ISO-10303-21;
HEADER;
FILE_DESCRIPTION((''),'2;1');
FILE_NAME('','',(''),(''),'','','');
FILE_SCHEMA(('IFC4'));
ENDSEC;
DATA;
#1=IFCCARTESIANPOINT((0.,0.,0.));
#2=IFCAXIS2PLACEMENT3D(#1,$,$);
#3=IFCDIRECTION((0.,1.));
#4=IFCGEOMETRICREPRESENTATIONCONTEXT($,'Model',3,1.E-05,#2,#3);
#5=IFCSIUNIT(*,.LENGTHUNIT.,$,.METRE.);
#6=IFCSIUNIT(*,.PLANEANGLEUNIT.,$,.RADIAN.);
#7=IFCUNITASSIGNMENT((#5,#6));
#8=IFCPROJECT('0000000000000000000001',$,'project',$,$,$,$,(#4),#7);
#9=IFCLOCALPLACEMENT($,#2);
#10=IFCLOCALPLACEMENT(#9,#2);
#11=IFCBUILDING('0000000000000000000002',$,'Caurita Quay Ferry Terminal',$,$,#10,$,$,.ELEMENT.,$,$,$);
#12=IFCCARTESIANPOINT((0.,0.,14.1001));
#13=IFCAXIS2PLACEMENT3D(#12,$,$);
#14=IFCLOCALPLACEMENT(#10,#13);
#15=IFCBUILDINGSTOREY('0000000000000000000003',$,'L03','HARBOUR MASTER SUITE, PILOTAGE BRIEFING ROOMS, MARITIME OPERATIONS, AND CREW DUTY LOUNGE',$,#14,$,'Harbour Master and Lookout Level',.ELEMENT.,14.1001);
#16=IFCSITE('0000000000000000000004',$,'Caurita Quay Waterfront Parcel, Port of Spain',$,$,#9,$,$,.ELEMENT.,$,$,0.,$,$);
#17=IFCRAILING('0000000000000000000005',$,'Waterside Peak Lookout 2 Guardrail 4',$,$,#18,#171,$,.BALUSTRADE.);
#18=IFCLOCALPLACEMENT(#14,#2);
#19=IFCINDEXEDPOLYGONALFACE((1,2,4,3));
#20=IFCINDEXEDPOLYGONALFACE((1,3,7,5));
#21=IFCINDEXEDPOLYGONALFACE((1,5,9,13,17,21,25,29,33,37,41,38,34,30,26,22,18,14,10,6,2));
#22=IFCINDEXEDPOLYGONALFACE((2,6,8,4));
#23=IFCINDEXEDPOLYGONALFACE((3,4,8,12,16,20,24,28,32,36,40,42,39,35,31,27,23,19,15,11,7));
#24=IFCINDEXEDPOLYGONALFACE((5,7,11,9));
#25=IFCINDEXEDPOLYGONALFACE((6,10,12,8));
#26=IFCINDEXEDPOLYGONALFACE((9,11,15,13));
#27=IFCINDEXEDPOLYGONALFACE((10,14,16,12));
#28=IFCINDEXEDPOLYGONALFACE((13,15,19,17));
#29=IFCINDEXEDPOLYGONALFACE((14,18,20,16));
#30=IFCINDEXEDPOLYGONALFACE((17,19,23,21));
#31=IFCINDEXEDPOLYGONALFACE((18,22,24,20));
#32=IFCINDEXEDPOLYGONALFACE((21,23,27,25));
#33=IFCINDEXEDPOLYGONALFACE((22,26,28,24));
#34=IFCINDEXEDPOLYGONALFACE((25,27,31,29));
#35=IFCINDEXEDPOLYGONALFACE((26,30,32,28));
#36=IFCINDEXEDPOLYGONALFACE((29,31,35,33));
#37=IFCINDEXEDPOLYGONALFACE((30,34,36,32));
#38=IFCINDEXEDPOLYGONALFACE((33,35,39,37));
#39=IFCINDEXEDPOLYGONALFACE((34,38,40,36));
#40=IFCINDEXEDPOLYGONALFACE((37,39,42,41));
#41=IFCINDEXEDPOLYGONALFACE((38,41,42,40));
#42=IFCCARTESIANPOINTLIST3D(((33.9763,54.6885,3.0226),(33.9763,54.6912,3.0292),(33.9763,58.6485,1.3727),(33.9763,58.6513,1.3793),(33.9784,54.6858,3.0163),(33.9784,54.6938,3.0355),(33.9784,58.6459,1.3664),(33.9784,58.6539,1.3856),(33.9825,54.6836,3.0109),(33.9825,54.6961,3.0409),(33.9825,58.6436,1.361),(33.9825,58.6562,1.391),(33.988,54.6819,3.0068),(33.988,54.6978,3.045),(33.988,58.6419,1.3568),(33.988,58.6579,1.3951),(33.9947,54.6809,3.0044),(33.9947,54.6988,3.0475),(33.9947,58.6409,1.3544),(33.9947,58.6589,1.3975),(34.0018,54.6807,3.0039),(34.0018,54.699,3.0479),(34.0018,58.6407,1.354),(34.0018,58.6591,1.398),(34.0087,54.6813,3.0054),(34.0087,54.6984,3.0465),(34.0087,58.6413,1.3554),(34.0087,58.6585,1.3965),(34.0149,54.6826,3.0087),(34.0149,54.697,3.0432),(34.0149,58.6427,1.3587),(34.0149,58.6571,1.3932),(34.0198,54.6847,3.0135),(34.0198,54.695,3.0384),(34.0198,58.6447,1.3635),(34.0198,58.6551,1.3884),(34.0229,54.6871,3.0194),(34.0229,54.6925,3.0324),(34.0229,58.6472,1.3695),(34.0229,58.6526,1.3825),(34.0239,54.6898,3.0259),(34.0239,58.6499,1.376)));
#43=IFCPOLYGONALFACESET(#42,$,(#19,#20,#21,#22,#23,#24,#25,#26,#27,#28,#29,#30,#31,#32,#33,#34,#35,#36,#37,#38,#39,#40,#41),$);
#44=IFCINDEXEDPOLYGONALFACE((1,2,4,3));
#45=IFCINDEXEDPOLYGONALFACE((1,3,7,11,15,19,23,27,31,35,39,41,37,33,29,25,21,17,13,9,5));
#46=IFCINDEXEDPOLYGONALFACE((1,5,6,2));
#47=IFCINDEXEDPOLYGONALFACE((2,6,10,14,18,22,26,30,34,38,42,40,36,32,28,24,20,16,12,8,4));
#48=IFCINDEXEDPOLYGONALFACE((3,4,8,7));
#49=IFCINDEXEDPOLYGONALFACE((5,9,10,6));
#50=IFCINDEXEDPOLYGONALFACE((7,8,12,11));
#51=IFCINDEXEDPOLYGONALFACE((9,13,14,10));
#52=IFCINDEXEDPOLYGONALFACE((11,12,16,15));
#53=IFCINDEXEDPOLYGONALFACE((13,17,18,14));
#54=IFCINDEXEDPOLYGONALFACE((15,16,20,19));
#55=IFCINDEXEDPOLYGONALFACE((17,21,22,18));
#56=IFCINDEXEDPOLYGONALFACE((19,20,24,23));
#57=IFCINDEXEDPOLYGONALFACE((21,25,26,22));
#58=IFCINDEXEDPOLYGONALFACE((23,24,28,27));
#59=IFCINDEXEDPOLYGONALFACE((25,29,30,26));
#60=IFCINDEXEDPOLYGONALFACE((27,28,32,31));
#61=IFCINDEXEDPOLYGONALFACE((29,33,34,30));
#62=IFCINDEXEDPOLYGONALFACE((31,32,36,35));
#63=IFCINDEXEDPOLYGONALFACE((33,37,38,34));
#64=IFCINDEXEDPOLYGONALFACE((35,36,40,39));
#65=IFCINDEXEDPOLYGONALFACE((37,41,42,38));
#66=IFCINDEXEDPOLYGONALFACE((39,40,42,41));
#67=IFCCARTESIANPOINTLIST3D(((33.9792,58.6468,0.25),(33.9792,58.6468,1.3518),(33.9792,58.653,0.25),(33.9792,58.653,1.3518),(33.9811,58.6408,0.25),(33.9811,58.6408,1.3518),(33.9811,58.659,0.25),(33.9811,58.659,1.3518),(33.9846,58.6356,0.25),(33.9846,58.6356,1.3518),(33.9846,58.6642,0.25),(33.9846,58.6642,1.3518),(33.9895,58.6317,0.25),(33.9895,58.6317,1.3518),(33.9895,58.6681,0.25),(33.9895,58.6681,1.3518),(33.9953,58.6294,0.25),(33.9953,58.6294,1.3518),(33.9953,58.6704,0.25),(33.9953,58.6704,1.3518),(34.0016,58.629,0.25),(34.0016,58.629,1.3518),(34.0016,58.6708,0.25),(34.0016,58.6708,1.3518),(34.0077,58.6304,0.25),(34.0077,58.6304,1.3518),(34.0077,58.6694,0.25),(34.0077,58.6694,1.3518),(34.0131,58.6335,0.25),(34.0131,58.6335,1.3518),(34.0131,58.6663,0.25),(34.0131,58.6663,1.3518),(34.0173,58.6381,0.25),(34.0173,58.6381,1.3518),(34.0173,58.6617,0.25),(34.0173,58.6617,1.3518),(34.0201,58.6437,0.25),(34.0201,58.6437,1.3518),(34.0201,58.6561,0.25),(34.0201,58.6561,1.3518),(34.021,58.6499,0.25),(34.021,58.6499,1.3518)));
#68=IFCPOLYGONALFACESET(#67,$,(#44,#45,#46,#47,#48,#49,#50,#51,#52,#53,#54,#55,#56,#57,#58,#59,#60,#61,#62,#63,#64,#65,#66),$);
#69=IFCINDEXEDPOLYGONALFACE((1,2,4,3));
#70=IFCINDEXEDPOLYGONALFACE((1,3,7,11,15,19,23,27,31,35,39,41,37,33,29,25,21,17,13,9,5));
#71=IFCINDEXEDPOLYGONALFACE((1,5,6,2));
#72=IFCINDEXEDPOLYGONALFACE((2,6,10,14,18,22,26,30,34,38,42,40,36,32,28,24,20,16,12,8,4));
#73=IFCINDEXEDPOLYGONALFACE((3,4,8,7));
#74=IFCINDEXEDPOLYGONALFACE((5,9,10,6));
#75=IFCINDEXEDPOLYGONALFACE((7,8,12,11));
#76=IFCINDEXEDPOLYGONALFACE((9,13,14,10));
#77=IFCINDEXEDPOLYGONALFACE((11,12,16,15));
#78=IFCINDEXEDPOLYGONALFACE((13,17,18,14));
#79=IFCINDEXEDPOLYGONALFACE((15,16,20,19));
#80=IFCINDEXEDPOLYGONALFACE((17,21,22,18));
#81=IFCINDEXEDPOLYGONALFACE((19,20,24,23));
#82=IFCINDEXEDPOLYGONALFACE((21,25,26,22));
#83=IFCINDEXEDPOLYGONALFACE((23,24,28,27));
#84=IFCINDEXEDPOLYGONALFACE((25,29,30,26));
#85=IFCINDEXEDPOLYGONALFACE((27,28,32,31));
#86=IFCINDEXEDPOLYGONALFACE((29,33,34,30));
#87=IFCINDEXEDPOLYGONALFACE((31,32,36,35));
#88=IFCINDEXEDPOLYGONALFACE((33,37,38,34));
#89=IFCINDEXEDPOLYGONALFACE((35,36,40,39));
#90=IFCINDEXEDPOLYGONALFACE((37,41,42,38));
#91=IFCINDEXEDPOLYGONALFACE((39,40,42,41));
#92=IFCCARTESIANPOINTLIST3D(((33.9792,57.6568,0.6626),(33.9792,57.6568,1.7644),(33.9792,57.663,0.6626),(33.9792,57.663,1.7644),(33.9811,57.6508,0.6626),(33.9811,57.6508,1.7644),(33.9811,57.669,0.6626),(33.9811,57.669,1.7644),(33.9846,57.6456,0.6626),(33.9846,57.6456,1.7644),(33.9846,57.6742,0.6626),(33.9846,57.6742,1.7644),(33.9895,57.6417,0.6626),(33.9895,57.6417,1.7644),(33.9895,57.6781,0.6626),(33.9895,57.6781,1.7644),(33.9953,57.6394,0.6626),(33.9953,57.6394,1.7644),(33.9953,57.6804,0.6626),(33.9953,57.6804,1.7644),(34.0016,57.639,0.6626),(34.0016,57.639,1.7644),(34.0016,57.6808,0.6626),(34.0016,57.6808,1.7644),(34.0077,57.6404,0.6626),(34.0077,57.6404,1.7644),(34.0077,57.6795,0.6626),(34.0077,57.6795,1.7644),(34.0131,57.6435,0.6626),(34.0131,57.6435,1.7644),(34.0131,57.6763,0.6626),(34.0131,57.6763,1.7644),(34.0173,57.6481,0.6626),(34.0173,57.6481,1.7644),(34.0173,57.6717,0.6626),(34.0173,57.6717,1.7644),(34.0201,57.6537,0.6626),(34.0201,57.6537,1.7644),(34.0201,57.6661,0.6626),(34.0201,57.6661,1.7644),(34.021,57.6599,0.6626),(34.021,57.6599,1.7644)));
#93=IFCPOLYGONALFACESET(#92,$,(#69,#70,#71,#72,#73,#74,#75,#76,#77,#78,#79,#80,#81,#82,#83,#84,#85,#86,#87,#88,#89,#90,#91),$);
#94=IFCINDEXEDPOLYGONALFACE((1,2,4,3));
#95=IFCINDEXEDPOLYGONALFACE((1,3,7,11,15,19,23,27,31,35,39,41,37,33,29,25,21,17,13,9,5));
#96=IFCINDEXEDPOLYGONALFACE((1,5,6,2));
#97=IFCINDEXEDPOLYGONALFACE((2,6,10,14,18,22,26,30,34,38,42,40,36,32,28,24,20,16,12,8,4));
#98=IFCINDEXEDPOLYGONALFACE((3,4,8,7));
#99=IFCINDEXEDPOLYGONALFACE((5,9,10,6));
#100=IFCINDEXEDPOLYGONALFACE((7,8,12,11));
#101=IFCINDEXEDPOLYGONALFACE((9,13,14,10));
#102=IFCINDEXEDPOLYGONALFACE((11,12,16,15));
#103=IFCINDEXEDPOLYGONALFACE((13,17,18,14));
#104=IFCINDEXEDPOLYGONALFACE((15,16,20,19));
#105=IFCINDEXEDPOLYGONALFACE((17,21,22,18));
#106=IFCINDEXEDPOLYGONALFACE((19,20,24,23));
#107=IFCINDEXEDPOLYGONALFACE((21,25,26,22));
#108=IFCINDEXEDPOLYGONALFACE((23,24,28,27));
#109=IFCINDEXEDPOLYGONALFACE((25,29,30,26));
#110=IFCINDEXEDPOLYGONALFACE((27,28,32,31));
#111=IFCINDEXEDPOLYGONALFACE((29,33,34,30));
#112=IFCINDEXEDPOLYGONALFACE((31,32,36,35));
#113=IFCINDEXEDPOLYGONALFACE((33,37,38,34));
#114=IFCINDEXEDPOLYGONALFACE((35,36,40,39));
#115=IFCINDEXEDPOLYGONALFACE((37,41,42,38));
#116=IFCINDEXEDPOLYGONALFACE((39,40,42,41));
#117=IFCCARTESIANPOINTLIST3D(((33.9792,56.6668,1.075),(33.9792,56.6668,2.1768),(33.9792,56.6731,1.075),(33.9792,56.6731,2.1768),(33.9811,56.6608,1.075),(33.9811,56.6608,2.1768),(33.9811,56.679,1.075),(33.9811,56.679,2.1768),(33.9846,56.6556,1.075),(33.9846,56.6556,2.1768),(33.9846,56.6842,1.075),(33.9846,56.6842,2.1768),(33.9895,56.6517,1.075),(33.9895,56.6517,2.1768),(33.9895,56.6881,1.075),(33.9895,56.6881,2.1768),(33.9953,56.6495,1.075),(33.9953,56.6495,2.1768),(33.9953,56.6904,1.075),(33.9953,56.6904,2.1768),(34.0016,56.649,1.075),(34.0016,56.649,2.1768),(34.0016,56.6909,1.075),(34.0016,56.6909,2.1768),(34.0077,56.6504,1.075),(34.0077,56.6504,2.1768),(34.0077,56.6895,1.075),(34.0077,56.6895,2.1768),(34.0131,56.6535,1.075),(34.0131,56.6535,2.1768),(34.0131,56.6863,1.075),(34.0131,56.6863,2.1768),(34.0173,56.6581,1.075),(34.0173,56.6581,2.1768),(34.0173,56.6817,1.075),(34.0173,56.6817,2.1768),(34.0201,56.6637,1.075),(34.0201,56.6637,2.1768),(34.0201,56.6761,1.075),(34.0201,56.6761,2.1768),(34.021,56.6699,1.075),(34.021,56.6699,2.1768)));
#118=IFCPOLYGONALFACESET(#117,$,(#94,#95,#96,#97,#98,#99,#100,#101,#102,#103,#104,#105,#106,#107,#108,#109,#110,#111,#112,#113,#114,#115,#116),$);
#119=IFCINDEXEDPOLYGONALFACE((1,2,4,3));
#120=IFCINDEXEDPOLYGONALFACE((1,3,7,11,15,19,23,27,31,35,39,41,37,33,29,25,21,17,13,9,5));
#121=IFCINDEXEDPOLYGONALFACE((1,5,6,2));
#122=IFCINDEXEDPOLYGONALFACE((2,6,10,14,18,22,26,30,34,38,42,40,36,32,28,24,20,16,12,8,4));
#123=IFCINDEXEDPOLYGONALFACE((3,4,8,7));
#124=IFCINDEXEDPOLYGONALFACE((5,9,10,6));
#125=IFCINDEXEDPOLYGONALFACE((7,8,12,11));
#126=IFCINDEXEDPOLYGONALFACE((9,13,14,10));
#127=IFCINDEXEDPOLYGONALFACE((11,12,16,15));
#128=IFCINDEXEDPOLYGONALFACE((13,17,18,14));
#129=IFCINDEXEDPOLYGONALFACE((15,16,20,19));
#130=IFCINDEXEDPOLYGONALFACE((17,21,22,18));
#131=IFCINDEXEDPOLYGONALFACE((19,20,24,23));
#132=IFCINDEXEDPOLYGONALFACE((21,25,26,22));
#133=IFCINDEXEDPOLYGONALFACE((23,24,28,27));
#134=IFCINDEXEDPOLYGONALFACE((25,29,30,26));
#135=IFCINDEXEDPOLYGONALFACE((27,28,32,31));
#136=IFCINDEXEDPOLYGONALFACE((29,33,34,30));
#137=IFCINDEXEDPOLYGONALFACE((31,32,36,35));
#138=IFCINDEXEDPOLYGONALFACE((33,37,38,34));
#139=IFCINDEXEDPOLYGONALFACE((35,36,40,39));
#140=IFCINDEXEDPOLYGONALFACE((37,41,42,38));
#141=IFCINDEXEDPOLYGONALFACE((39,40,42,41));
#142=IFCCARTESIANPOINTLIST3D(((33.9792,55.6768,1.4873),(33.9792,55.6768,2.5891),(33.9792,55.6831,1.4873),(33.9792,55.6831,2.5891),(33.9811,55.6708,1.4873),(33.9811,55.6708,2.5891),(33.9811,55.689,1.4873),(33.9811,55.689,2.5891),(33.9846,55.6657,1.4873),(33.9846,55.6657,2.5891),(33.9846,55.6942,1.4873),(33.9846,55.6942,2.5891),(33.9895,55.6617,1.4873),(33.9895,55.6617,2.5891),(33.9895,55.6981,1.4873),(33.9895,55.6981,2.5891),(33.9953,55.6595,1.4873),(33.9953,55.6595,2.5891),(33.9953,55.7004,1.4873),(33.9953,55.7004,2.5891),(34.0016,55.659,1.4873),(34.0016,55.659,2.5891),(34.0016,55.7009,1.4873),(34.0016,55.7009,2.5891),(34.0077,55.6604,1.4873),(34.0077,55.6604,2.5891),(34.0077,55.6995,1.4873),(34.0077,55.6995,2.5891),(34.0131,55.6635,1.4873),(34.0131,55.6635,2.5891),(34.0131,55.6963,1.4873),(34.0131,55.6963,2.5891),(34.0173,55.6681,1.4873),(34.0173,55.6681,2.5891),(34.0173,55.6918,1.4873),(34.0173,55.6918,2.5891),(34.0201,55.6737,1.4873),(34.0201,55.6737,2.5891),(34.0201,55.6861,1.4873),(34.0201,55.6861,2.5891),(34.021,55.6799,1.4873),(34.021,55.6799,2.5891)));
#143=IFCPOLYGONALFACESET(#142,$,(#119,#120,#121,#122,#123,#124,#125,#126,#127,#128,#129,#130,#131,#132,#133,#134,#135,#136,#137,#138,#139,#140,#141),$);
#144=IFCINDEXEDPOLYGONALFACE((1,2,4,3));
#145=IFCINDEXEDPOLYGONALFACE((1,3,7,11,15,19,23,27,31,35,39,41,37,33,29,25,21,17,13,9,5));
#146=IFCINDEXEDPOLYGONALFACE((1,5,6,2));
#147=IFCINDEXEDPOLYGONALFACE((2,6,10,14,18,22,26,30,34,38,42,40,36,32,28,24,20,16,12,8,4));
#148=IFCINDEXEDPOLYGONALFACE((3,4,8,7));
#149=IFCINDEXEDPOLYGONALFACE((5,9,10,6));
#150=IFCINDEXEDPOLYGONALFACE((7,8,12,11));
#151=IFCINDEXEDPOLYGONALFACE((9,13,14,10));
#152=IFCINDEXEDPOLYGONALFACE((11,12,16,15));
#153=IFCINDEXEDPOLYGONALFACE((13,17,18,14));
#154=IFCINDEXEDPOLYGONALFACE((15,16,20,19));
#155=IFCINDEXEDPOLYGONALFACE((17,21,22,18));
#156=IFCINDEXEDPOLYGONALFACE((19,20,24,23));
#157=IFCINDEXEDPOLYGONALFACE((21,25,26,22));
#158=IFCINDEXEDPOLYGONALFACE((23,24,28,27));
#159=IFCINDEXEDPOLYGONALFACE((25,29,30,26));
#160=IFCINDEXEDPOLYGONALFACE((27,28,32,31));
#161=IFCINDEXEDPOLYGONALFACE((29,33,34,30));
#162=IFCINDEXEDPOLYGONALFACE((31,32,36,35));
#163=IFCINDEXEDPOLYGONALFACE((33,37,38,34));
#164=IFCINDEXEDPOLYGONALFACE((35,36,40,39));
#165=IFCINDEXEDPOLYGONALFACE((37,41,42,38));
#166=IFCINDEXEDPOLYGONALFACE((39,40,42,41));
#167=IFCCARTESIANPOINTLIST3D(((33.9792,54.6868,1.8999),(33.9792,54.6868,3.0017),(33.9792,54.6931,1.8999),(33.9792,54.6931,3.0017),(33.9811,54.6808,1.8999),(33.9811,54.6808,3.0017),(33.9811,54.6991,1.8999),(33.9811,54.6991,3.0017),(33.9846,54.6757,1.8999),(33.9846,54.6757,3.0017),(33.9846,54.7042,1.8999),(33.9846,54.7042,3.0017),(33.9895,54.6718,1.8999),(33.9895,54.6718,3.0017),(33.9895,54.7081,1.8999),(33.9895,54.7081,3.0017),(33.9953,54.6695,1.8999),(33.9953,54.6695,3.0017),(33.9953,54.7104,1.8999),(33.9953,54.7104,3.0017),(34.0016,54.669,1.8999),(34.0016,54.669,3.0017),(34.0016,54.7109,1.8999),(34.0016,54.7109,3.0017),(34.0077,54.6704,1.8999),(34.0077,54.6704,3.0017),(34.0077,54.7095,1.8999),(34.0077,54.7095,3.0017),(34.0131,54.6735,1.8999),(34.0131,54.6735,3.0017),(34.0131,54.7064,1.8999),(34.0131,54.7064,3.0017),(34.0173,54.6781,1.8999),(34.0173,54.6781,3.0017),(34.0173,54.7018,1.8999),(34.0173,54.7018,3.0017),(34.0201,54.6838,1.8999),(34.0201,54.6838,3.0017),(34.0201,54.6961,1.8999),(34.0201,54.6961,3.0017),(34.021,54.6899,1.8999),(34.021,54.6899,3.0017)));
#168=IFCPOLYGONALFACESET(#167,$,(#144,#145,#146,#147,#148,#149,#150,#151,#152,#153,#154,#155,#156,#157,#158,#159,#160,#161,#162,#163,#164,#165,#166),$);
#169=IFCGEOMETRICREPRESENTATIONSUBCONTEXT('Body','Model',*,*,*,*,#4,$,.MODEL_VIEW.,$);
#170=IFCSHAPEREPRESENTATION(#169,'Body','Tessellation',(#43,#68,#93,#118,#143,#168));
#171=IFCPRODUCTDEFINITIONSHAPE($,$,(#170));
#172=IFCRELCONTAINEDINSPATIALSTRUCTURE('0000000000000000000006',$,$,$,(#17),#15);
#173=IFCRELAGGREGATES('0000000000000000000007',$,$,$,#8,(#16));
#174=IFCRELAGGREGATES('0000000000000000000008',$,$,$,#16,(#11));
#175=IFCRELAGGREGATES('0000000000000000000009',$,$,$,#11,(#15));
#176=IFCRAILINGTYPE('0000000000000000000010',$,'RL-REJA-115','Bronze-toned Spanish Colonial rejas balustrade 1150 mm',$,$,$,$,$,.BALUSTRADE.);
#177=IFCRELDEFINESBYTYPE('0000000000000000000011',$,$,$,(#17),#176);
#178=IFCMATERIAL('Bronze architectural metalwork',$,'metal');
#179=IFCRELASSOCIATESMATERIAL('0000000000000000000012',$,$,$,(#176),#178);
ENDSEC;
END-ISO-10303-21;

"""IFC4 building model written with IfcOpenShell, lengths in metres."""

from ifc_helpers import new_model, si_unit, direction, frame, origin, origin_2d, place, context, subcontext, project, spatial, circle, extrude, material, type_object, element, save


model = new_model("IFC4")

# Units and contexts
model_context = context("Model", 3, precision=1e-05, world=origin(), true_north=direction((0.0, 1.0)))
body_context = subcontext(model_context, "Body", "Model", "MODEL_VIEW")
ifc_project = project(units=[si_unit("LENGTHUNIT", "METRE"), si_unit("PLANEANGLEUNIT", "RADIAN")], contexts=[model_context])

# Site, building, storey
site_placement = place(None, origin())
site = spatial("IfcSite", under=ifc_project, at=site_placement, Name="Caurita Quay Waterfront Parcel, Port of Spain", CompositionType="ELEMENT", RefElevation=0.0)
building_placement = place(site_placement, origin())
building = spatial("IfcBuilding", under=site, at=building_placement, Name="Caurita Quay Ferry Terminal", CompositionType="ELEMENT")
storey_placement = place(building_placement, frame((0.0, 0.0, 14.1001)))
storey = spatial("IfcBuildingStorey", under=building, at=storey_placement, Name="L03", Description="HARBOUR MASTER SUITE, PILOTAGE BRIEFING ROOMS, MARITIME OPERATIONS, AND CREW DUTY LOUNGE", LongName="Harbour Master and Lookout Level", CompositionType="ELEMENT", Elevation=14.1001)

# Railing
ifc_material_1 = material(Name="Bronze architectural metalwork", Category="metal")
railing_type_1 = type_object("IfcRailingType", Name="RL-REJA-115", Description="Bronze-toned Spanish Colonial rejas balustrade 1150 mm", PredefinedType="BALUSTRADE", material=ifc_material_1)
for number, where, name in (
    (1, (34.0, 58.6499, 0.25), "Waterside Peak Lookout 2 Guardrail 4"),
):
    element("IfcRailing", number, at=place(storey_placement, frame(where)), inside=storey, type_object=railing_type_1, Name=name, PredefinedType="BALUSTRADE", context=body_context, shape_type="SweptSolid", body=[
        extrude(circle(Radius=0.0239, at=origin_2d()), frame((0.0, 0.0, 1.126), z_axis=(0.0, -0.923084, 0.384599), x_axis=(1.0, 0.0, 0.0)), (0.0, 0.0, 1.0), 4.29),
        extrude(circle(Radius=0.021, at=origin_2d()), origin(), (0.0, 0.0, 1.0), 1.1018),
        extrude(circle(Radius=0.021, at=origin_2d()), frame((0.0, -0.99, 0.4126)), (0.0, 0.0, 1.0), 1.1018),
        extrude(circle(Radius=0.021, at=origin_2d()), frame((0.0, -1.98, 0.825)), (0.0, 0.0, 1.0), 1.1018),
        extrude(circle(Radius=0.021, at=origin_2d()), frame((0.0, -2.97, 1.2373)), (0.0, 0.0, 1.0), 1.1018),
        extrude(circle(Radius=0.021, at=origin_2d()), frame((0.0, -3.96, 1.6499)), (0.0, 0.0, 1.0), 1.1018),
    ])

save(model, "model.ifc")
